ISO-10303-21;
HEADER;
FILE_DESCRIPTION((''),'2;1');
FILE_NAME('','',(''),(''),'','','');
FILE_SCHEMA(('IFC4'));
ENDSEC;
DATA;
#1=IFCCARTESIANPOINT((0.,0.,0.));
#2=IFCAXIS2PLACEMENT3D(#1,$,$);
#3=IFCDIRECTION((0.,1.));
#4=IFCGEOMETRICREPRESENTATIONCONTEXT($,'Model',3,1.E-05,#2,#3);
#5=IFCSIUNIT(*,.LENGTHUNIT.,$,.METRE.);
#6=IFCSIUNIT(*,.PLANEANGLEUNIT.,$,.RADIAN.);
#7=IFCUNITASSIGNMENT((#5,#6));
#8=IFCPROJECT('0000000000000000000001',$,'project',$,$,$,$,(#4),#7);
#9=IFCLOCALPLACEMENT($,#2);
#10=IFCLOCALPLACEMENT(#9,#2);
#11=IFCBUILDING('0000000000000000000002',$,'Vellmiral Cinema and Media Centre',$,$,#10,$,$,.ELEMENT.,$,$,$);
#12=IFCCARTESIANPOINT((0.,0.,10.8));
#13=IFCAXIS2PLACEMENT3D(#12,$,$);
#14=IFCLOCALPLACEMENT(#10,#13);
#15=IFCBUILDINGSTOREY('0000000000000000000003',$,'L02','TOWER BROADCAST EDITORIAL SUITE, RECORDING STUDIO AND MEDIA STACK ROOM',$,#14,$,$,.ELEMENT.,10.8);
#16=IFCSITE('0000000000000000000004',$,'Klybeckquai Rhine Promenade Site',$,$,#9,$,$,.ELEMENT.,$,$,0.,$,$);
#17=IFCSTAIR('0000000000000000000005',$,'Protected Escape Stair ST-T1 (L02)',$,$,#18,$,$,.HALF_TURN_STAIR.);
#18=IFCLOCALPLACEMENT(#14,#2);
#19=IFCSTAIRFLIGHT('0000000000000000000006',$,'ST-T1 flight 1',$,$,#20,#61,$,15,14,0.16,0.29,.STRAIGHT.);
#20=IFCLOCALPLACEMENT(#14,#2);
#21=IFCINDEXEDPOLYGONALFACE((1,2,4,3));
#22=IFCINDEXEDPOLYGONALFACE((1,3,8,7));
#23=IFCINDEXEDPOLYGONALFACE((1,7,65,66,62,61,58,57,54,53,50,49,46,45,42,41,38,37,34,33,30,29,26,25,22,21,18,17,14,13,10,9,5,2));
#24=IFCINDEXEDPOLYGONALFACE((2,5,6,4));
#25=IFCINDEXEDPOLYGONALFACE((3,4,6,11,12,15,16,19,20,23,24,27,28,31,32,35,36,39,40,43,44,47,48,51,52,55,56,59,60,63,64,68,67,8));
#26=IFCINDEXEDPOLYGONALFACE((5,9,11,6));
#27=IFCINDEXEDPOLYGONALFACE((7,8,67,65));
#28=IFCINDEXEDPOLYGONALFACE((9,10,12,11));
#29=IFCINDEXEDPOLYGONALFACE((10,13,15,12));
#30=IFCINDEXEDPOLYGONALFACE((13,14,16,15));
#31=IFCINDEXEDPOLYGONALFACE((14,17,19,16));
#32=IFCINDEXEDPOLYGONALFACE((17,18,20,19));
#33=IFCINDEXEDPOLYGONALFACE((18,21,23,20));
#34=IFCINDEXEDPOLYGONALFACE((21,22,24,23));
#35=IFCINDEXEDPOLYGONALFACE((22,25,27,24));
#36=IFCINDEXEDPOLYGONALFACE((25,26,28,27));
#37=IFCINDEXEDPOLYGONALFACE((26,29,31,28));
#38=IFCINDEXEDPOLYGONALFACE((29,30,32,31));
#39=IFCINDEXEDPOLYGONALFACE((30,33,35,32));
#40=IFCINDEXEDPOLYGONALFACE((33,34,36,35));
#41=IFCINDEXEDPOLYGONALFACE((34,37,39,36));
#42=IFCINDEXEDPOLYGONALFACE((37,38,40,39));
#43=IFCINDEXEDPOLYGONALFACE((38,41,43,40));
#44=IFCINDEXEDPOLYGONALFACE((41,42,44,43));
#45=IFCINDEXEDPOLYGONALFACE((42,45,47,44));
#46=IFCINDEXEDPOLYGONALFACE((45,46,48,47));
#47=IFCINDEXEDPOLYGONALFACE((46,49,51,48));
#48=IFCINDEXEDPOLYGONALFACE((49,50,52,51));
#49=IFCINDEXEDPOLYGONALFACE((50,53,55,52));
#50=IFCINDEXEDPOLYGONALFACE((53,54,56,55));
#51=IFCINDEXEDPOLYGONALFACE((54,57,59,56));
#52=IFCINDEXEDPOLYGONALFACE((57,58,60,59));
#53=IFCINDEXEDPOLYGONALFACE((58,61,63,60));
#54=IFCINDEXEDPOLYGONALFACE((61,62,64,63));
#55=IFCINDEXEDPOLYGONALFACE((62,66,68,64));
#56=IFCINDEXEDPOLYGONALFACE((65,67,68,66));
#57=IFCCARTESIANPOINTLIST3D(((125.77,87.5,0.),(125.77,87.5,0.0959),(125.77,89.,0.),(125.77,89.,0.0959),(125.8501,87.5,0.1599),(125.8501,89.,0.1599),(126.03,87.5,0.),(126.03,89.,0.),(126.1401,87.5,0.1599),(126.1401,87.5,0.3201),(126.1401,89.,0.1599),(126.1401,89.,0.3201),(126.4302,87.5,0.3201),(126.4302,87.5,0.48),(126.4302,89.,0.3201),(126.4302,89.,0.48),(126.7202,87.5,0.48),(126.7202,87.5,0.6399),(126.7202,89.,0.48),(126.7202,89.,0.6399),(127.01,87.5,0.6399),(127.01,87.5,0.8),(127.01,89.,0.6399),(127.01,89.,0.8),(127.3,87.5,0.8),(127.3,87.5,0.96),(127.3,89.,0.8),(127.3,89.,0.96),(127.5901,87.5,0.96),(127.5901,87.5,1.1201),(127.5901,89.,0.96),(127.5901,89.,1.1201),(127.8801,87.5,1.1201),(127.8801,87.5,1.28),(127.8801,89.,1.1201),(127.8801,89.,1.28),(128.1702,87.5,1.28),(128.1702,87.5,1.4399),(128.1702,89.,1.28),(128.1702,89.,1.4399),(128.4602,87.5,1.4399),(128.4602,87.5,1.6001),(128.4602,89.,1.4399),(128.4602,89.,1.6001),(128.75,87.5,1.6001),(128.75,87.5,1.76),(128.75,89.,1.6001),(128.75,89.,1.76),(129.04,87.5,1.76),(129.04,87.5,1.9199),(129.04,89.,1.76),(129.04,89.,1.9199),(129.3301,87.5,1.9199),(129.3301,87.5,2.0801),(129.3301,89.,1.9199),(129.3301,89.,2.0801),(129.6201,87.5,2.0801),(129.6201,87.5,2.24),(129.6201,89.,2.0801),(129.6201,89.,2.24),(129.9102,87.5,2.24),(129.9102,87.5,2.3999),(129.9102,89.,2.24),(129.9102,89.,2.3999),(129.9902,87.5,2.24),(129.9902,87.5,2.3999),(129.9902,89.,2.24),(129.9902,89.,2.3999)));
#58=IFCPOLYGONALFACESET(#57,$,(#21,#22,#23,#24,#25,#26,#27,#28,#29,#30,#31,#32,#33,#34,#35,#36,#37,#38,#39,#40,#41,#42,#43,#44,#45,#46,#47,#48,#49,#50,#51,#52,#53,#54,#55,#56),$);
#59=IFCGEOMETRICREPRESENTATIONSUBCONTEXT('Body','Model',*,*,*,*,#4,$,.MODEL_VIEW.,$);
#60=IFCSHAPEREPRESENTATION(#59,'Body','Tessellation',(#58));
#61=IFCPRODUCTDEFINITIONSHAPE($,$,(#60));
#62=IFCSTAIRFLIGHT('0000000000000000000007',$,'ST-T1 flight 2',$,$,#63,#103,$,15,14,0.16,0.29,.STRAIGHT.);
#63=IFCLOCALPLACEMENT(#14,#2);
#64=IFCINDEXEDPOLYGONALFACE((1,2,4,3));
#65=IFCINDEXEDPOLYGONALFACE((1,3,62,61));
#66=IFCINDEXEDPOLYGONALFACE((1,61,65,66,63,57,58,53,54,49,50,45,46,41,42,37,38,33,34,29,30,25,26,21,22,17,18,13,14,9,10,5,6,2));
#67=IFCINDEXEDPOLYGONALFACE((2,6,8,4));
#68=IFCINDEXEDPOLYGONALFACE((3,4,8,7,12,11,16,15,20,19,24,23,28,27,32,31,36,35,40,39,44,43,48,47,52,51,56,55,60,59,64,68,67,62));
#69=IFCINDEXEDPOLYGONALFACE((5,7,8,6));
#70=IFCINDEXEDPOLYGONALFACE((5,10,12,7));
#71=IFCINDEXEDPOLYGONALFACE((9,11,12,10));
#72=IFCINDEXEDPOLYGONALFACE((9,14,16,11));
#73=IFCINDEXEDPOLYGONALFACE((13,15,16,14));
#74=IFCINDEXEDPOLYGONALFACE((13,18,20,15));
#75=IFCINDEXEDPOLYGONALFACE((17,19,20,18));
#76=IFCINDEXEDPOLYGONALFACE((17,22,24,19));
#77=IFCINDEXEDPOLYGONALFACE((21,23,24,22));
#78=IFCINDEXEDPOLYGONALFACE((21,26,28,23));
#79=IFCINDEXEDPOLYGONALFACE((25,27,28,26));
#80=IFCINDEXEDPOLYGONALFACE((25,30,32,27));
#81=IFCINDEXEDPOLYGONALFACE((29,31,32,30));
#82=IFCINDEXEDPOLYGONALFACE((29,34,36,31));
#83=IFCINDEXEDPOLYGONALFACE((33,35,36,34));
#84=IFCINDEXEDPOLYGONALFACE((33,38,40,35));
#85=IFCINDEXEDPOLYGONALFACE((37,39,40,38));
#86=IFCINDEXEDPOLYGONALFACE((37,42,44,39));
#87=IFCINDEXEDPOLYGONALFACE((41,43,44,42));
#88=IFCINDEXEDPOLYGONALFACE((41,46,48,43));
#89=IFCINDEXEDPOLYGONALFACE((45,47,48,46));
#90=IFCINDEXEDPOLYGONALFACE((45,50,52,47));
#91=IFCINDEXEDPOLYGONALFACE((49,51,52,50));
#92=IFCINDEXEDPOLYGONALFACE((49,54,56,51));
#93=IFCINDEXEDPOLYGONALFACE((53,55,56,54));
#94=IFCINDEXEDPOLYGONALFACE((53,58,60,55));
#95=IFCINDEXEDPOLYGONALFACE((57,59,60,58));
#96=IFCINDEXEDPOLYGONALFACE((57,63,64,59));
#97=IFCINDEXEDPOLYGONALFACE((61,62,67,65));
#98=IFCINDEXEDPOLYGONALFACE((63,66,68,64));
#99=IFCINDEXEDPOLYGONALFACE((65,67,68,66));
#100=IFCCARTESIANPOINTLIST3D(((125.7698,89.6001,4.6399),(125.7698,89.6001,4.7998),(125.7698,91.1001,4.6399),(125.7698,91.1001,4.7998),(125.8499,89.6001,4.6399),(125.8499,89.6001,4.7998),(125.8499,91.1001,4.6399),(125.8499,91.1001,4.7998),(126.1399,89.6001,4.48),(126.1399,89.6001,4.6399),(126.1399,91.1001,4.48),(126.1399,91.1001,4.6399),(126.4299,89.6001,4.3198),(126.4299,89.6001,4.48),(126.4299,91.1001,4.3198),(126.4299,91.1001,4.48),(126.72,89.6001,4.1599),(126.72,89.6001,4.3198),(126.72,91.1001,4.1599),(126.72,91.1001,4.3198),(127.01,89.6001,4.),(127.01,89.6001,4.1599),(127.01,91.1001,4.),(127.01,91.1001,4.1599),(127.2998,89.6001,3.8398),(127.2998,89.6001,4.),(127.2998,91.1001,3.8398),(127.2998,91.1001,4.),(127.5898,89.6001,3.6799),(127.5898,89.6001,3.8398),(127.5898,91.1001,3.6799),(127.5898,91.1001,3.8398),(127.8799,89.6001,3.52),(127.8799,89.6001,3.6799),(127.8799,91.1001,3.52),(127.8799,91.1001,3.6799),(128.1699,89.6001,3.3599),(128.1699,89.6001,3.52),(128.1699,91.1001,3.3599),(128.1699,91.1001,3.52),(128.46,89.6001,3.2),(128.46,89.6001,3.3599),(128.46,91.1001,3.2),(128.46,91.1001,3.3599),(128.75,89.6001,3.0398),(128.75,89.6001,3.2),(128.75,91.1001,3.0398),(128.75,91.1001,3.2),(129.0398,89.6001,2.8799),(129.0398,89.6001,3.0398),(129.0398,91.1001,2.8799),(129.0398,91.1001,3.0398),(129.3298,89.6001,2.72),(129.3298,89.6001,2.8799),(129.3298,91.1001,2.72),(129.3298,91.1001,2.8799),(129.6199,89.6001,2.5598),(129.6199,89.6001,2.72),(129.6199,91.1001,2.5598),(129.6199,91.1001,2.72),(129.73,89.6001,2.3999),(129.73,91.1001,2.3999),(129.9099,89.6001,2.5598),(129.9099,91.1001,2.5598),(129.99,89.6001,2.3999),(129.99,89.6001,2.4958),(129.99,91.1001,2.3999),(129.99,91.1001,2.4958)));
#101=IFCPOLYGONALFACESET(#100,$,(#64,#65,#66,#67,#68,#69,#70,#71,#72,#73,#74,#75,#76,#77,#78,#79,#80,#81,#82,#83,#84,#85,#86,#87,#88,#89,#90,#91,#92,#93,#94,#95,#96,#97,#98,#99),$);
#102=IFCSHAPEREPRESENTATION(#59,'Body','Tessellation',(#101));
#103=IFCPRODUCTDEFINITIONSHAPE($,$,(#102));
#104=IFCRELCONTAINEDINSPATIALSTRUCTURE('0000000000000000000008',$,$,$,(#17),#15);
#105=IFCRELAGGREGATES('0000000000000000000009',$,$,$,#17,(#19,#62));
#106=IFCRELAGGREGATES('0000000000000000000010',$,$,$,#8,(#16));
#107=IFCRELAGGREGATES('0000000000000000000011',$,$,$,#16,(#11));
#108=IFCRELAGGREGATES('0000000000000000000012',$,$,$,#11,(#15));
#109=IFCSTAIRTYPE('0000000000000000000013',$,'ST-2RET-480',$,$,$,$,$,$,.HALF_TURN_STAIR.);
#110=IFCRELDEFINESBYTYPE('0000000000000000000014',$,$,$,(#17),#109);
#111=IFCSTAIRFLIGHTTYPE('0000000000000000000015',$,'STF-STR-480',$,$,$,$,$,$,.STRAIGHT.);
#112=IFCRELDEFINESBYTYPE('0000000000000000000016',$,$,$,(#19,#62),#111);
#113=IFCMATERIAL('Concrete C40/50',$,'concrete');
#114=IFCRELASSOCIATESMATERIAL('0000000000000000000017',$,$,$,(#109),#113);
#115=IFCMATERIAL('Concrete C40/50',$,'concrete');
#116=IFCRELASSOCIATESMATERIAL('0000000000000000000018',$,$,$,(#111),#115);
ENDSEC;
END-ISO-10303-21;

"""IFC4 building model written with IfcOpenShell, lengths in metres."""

from ifc_helpers import new_model, si_unit, direction, frame, origin, place, context, subcontext, project, spatial, polyline, outline, extrude, material, type_object, element, aggregate, save


model = new_model("IFC4")

# Units and contexts
model_context = context("Model", 3, precision=1e-05, world=origin(), true_north=direction((0.0, 1.0)))
body_context = subcontext(model_context, "Body", "Model", "MODEL_VIEW")
ifc_project = project(units=[si_unit("LENGTHUNIT", "METRE"), si_unit("PLANEANGLEUNIT", "RADIAN")], contexts=[model_context])

# Site, building, storey
site_placement = place(None, origin())
site = spatial("IfcSite", under=ifc_project, at=site_placement, Name="Klybeckquai Rhine Promenade Site", CompositionType="ELEMENT", RefElevation=0.0)
building_placement = place(site_placement, origin())
building = spatial("IfcBuilding", under=site, at=building_placement, Name="Vellmiral Cinema and Media Centre", CompositionType="ELEMENT")
storey_placement = place(building_placement, frame((0.0, 0.0, 10.8)))
storey = spatial("IfcBuildingStorey", under=building, at=storey_placement, Name="L02", Description="TOWER BROADCAST EDITORIAL SUITE, RECORDING STUDIO AND MEDIA STACK ROOM", CompositionType="ELEMENT", Elevation=10.8)

# Stair, stair flights
ifc_material_1 = material(Name="Concrete C40/50", Category="concrete")
stair_type = type_object("IfcStairType", Name="ST-2RET-480", PredefinedType="HALF_TURN_STAIR", material=ifc_material_1)
stair_placement = place(storey_placement, origin())
stair = element("IfcStair", 1, at=stair_placement, inside=storey, type_object=stair_type, Name="Protected Escape Stair ST-T1 (L02)", PredefinedType="HALF_TURN_STAIR")
ifc_material_2 = material(Name="Concrete C40/50", Category="concrete")
stair_flight_type = type_object("IfcStairFlightType", Name="STF-STR-480", PredefinedType="STRAIGHT", material=ifc_material_2)
stair_flight_1_placement = place(storey_placement, frame((125.8501, 88.25, 0.0), z_axis=(0.0, 0.0, 1.0), x_axis=(1.0, 0.0, 0.0)))
stair_flight_1 = element("IfcStairFlight", 2, at=stair_flight_1_placement, type_object=stair_flight_type, Name="ST-T1 flight 1", NumberOfRisers=15, NumberOfTreads=14, PredefinedType="STRAIGHT", RiserHeight=0.16, TreadLength=0.29, context=body_context, shape_type="SweptSolid", body=[
    extrude(outline(polyline([(-0.0801, 0.0), (-0.0801, 0.0959), (0.0, 0.1599), (0.29, 0.1599), (0.29, 0.3201), (0.5801, 0.3201), (0.5801, 0.48), (0.8701, 0.48), (0.8701, 0.6399), (1.1599, 0.6399), (1.1599, 0.8), (1.45, 0.8), (1.45, 0.96), (1.74, 0.96), (1.74, 1.1201), (2.03, 1.1201), (2.03, 1.28), (2.3201, 1.28), (2.3201, 1.4399), (2.6101, 1.4399), (2.6101, 1.6001), (2.8999, 1.6001), (2.8999, 1.76), (3.1899, 1.76), (3.1899, 1.9199), (3.48, 1.9199), (3.48, 2.0801), (3.77, 2.0801), (3.77, 2.24), (4.0601, 2.24), (4.0601, 2.3999), (4.1401, 2.3999), (4.1401, 2.24), (0.1799, 0.0), (-0.0801, 0.0)])), frame((0.0, 0.75, 0.0), z_axis=(0.0, -1.0, 0.0), x_axis=(1.0, 0.0, 0.0)), (0.0, 0.0, 1.0), 1.5),
])
stair_flight_2_placement = place(storey_placement, frame((129.9099, 90.3501, 2.3999), z_axis=(0.0, 0.0, 1.0), x_axis=(-1.0, 0.0, 0.0)))
stair_flight_2 = element("IfcStairFlight", 3, at=stair_flight_2_placement, type_object=stair_flight_type, Name="ST-T1 flight 2", NumberOfRisers=15, NumberOfTreads=14, PredefinedType="STRAIGHT", RiserHeight=0.16, TreadLength=0.29, context=body_context, shape_type="SweptSolid", body=[
    extrude(outline(polyline([(-0.0801, 0.0), (-0.0801, 0.0959), (0.0, 0.1599), (0.29, 0.1599), (0.29, 0.3201), (0.5801, 0.3201), (0.5801, 0.48), (0.8701, 0.48), (0.8701, 0.6399), (1.1599, 0.6399), (1.1599, 0.8), (1.45, 0.8), (1.45, 0.96), (1.74, 0.96), (1.74, 1.1201), (2.03, 1.1201), (2.03, 1.28), (2.3201, 1.28), (2.3201, 1.4399), (2.6101, 1.4399), (2.6101, 1.6001), (2.8999, 1.6001), (2.8999, 1.76), (3.1899, 1.76), (3.1899, 1.9199), (3.48, 1.9199), (3.48, 2.0801), (3.77, 2.0801), (3.77, 2.24), (4.0601, 2.24), (4.0601, 2.3999), (4.1401, 2.3999), (4.1401, 2.24), (0.1799, 0.0), (-0.0801, 0.0)])), frame((0.0, 0.75, 0.0), z_axis=(0.0, -1.0, 0.0), x_axis=(1.0, 0.0, 0.0)), (0.0, 0.0, 1.0), 1.5),
])
aggregate(stair, [stair_flight_1, stair_flight_2])

save(model, "model.ifc")
